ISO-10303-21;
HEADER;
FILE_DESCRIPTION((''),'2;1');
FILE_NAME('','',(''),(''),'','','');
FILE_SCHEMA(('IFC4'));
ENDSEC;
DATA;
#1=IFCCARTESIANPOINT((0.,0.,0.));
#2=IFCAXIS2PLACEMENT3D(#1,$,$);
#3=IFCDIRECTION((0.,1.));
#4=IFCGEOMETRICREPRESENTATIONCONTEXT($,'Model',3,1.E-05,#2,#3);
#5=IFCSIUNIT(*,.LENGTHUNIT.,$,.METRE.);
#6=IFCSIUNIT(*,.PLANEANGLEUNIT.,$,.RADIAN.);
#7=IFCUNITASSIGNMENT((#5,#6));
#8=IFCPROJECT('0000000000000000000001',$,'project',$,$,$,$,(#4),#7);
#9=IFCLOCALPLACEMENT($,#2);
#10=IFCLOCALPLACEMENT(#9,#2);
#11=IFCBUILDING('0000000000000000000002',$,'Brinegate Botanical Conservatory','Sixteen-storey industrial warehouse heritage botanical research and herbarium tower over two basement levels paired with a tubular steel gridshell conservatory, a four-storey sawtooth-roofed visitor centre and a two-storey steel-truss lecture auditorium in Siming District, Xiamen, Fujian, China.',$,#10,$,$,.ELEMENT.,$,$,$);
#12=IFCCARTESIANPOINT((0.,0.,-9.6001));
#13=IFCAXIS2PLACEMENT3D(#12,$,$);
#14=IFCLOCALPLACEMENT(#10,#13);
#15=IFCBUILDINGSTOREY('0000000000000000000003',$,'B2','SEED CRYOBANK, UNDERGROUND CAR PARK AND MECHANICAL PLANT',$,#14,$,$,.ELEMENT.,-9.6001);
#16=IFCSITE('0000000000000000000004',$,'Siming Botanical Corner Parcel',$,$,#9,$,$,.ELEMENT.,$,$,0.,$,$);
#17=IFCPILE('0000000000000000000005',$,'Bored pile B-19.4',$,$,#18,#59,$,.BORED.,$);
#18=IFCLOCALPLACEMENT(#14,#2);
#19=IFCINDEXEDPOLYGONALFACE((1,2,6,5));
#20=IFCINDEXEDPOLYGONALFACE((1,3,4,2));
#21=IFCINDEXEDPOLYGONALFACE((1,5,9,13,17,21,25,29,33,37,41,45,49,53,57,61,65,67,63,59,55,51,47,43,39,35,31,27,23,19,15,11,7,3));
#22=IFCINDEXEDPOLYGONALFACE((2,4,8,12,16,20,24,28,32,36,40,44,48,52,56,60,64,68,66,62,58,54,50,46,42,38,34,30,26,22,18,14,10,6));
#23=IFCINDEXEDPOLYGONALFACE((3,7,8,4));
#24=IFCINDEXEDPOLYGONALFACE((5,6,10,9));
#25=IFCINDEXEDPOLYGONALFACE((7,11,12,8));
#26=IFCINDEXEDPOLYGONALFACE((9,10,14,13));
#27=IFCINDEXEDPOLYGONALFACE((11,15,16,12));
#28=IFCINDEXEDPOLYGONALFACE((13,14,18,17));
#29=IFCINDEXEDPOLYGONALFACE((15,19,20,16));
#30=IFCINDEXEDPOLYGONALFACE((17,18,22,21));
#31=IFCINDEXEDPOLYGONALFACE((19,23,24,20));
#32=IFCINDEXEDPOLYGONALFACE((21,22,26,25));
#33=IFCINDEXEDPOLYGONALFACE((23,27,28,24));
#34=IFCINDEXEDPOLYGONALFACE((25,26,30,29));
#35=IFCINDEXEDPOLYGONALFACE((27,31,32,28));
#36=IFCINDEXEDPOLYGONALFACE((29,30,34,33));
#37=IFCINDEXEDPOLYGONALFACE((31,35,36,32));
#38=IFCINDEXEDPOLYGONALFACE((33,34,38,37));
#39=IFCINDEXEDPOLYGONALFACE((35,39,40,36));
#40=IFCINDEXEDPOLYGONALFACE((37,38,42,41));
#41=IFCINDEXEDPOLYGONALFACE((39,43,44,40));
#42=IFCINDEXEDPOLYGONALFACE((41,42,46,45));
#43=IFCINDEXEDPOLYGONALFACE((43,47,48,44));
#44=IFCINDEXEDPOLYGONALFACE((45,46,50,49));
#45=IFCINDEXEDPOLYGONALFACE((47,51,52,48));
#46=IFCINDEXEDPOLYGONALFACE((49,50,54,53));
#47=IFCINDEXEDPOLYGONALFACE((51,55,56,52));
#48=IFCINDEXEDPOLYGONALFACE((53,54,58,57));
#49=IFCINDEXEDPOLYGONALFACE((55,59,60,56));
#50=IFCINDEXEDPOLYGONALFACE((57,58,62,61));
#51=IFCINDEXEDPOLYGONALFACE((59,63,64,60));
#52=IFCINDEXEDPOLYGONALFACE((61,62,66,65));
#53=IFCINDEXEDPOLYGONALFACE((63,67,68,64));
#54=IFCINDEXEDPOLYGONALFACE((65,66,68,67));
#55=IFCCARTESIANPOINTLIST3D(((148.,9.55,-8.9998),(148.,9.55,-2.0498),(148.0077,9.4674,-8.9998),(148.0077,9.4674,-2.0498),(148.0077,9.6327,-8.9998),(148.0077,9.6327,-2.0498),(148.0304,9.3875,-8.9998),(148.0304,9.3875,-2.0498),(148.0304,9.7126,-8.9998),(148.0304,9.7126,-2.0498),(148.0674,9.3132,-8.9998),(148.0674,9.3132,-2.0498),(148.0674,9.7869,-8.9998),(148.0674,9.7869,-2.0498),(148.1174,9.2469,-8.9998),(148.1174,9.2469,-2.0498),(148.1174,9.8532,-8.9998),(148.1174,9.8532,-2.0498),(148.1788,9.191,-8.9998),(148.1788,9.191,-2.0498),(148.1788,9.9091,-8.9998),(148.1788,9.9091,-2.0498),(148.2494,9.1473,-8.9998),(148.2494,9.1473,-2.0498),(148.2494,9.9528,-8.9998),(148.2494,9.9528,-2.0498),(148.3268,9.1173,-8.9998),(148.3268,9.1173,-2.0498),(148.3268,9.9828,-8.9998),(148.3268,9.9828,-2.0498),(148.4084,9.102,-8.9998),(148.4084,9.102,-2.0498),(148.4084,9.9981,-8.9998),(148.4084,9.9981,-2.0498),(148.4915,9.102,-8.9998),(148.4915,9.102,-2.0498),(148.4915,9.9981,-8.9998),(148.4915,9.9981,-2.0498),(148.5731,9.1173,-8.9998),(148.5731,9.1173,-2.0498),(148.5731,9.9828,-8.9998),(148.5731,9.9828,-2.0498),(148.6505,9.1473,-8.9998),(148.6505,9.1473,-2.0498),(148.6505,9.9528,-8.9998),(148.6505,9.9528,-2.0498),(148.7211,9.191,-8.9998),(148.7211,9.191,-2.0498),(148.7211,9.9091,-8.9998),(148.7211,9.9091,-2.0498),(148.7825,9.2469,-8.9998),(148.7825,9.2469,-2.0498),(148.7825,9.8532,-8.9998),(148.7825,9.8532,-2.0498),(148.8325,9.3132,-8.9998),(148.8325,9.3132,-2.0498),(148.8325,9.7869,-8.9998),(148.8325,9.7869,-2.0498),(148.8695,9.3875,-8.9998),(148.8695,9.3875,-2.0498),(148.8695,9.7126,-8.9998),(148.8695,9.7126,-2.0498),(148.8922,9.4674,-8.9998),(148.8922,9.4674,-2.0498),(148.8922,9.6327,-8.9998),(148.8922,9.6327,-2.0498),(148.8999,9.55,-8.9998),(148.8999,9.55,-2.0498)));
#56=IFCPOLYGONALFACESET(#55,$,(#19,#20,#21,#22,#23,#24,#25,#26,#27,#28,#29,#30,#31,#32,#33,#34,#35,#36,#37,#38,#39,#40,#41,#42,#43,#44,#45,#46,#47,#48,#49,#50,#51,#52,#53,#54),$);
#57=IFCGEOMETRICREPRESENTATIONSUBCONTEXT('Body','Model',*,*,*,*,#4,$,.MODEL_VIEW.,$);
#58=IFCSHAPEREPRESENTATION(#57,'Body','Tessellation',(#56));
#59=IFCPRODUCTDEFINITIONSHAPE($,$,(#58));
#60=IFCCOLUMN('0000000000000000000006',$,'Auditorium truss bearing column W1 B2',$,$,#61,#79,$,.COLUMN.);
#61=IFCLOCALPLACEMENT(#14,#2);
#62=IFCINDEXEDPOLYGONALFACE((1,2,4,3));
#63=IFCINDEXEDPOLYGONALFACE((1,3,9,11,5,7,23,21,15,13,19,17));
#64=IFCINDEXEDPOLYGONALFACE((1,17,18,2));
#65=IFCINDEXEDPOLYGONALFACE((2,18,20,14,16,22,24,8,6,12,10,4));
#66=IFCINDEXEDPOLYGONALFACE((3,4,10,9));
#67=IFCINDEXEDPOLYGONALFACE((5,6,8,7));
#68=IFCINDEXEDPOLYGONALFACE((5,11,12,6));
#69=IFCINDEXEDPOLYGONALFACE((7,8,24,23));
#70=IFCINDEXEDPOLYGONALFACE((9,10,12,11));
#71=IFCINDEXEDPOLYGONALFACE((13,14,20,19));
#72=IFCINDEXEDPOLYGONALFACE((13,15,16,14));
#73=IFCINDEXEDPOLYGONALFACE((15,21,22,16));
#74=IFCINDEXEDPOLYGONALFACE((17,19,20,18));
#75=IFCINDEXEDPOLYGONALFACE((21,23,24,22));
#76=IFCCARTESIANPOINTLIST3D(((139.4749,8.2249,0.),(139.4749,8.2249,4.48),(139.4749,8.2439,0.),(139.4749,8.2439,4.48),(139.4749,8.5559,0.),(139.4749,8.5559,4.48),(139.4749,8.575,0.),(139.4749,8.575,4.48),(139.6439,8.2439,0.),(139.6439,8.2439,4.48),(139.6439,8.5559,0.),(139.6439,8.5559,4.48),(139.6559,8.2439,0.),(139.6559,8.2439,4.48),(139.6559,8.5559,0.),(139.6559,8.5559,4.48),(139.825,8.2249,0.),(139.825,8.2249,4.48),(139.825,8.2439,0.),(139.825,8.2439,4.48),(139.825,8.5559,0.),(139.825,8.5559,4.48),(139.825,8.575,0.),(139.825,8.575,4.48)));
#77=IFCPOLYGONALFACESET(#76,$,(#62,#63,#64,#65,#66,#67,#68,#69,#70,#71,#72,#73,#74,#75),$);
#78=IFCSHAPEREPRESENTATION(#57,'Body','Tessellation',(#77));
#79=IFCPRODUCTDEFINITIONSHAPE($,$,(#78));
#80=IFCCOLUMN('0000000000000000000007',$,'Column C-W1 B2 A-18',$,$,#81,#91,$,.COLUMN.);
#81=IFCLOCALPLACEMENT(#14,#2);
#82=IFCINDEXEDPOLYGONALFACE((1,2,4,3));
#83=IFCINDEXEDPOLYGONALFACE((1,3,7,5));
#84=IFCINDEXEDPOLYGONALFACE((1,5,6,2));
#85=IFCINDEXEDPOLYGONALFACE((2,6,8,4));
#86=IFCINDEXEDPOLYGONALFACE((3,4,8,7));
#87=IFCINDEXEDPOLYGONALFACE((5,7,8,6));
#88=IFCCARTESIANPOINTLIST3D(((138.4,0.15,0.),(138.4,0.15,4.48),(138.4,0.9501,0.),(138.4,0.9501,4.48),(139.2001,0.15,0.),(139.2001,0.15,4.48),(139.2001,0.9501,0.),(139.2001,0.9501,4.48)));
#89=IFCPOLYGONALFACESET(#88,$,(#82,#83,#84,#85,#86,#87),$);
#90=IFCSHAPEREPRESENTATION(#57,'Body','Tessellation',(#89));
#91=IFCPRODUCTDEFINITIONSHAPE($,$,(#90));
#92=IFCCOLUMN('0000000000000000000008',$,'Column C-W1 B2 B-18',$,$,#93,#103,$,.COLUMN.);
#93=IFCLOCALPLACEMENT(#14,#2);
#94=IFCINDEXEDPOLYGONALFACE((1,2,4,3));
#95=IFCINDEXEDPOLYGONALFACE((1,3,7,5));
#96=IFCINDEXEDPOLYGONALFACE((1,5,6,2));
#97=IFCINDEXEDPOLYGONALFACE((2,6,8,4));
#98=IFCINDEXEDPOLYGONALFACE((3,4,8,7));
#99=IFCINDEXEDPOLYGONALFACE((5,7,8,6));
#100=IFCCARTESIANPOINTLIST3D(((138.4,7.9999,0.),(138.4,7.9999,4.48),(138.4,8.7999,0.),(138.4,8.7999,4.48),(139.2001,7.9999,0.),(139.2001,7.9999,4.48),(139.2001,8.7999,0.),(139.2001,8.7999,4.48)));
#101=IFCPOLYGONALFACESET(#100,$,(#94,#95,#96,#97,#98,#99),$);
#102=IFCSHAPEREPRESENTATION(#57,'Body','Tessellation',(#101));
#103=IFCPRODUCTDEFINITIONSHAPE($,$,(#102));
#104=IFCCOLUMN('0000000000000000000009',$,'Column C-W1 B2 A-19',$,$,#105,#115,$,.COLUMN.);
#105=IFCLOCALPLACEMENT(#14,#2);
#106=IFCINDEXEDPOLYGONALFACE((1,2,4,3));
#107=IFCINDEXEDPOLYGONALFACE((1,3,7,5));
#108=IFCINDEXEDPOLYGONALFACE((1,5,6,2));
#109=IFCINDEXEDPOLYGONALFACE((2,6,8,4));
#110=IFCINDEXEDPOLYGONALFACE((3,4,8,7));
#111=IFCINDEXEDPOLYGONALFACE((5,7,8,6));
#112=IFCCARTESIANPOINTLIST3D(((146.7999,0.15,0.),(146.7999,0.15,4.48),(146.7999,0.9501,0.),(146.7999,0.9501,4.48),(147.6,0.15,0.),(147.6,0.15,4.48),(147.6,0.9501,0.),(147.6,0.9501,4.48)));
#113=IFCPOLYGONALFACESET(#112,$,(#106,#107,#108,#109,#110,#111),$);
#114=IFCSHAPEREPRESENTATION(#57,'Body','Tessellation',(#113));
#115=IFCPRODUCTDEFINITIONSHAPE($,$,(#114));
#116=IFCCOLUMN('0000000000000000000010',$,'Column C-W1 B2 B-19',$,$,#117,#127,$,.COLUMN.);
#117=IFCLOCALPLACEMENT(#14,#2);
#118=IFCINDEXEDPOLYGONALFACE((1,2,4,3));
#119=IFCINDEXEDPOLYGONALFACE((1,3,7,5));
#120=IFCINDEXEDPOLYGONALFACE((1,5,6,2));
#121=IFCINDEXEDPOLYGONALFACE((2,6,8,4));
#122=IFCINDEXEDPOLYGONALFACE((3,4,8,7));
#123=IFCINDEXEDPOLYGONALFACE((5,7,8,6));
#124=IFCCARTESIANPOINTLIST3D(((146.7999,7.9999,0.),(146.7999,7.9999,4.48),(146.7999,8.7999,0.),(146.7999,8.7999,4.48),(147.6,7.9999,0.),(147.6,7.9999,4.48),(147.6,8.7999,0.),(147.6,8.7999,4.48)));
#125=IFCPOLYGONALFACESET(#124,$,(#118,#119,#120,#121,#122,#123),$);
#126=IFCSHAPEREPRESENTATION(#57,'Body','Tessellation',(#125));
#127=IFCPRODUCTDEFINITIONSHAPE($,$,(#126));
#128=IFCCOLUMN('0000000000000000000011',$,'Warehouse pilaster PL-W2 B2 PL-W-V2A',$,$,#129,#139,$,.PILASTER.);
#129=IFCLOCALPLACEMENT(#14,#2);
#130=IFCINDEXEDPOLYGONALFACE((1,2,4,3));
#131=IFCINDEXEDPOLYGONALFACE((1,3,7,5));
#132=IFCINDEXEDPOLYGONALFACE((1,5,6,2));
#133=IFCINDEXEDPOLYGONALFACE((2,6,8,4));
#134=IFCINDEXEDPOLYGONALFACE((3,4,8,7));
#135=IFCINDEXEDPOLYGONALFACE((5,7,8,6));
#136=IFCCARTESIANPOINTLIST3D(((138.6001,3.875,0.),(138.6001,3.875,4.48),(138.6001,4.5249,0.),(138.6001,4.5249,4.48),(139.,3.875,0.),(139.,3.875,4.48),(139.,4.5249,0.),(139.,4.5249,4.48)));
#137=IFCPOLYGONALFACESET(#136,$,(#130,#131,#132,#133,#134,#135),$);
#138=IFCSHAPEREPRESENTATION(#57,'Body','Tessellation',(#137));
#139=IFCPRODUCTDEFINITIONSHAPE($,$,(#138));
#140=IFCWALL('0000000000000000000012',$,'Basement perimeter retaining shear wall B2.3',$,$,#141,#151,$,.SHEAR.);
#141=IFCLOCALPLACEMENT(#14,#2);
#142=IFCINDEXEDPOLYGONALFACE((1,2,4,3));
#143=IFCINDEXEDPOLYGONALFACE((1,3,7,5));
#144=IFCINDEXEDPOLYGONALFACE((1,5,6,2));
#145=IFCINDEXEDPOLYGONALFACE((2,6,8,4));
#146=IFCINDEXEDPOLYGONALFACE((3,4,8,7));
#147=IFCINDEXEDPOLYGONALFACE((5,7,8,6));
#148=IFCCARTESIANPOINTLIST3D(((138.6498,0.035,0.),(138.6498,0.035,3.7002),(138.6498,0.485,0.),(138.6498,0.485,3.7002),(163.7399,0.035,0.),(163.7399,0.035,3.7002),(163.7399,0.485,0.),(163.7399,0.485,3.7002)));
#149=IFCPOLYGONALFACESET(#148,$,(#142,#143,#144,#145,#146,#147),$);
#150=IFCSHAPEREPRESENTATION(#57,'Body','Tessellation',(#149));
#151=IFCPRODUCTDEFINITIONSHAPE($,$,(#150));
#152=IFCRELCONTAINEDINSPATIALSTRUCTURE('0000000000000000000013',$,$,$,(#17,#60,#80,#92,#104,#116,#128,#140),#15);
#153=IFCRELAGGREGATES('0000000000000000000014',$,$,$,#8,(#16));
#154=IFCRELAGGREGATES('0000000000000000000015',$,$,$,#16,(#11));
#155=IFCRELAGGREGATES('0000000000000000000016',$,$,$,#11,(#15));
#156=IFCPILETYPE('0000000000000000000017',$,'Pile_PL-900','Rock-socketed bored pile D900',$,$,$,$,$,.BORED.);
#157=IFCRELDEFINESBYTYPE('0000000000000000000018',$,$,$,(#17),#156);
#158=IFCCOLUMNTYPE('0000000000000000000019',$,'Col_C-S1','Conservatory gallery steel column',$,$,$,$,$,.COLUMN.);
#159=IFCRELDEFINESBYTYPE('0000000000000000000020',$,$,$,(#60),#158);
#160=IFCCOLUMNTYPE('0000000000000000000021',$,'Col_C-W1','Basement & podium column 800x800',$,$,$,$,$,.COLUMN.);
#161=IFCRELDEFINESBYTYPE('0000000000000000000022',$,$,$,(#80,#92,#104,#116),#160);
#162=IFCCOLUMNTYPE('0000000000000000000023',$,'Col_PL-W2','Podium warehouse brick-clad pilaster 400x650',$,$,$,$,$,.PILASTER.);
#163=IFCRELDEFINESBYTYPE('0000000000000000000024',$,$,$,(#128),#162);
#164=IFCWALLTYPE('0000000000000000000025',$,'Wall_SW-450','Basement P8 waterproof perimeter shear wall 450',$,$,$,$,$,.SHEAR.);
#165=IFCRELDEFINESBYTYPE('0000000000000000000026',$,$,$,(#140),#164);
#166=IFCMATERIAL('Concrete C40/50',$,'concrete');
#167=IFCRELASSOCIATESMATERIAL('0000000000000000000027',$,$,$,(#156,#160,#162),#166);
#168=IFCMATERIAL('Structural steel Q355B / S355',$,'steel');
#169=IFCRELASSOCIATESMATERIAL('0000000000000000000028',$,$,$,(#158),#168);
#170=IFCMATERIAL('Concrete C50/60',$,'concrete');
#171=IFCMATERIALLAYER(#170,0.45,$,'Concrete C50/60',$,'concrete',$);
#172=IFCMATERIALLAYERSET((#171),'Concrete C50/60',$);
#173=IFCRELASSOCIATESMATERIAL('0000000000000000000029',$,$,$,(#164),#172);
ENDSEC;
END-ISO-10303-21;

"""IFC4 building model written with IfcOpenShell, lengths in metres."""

from ifc_helpers import new_model, si_unit, direction, frame, frame_2d, origin, origin_2d, place, context, subcontext, project, spatial, rectangle, circle, i_section, extrude, material, layer, layer_set, material_profile, profile_set, type_object, element, save


model = new_model("IFC4")

# Units and contexts
model_context = context("Model", 3, precision=1e-05, world=origin(), true_north=direction((0.0, 1.0)))
body_context = subcontext(model_context, "Body", "Model", "MODEL_VIEW")
ifc_project = project(units=[si_unit("LENGTHUNIT", "METRE"), si_unit("PLANEANGLEUNIT", "RADIAN")], contexts=[model_context])

# Site, building, storey
site_placement = place(None, origin())
site = spatial("IfcSite", under=ifc_project, at=site_placement, Name="Siming Botanical Corner Parcel", CompositionType="ELEMENT", RefElevation=0.0)
building_placement = place(site_placement, origin())
building = spatial("IfcBuilding", under=site, at=building_placement, Name="Brinegate Botanical Conservatory", Description="Sixteen-storey industrial warehouse heritage botanical research and herbarium tower over two basement levels paired with a tubular steel gridshell conservatory, a four-storey sawtooth-roofed visitor centre and a two-storey steel-truss lecture auditorium in Siming District, Xiamen, Fujian, China.", CompositionType="ELEMENT")
storey_placement = place(building_placement, frame((0.0, 0.0, -9.6001)))
storey = spatial("IfcBuildingStorey", under=building, at=storey_placement, Name="B2", Description="SEED CRYOBANK, UNDERGROUND CAR PARK AND MECHANICAL PLANT", CompositionType="ELEMENT", Elevation=-9.6001)

# Shared definitions
ifc_material_1 = material(Name="Concrete C40/50", Category="concrete")

# Pile
ifc_material_profile_1 = material_profile(ifc_material_1, circle(Radius=0.45, at=origin_2d()), Name="PILE D900")
ifc_profile_set_1 = profile_set([ifc_material_profile_1], Name="Concrete C40/50")
pile_type = type_object("IfcPileType", Name="Pile_PL-900", Description="Rock-socketed bored pile D900", PredefinedType="BORED", material=ifc_profile_set_1)
for number, where, z_axis, x_axis, name in (
    (1, (148.45, 9.55, -2.0498), (0.0, 0.0, -1.0), (1.0, 0.0, 0.0), "Bored pile B-19.4"),
):
    element("IfcPile", number, at=place(storey_placement, frame(where, z_axis=z_axis, x_axis=x_axis)), inside=storey, type_object=pile_type, Name=name, PredefinedType="BORED", context=body_context, shape_type="SweptSolid", body=[
        extrude(circle(Radius=0.45, at=origin_2d()), origin(), (0.0, 0.0, 1.0), 6.95),
    ])

# Columns
ifc_material_2 = material(Name="Structural steel Q355B / S355", Category="steel")
ifc_material_profile_2 = material_profile(ifc_material_2, i_section(OverallWidth=0.3501, OverallDepth=0.3501, WebThickness=0.012, FlangeThickness=0.019, at=origin_2d()), Name="HW 350x350x12x19")
ifc_profile_set_2 = profile_set([ifc_material_profile_2], Name="Structural steel Q355B / S355")
column_type_1 = type_object("IfcColumnType", Name="Col_C-S1", Description="Conservatory gallery steel column", PredefinedType="COLUMN", material=ifc_profile_set_2)
column_1_placement = place(storey_placement, frame((139.6499, 8.3999, 0.0), z_axis=(0.0, 0.0, 1.0), x_axis=(1.0, 0.0, 0.0)))
element("IfcColumn", 2, at=column_1_placement, inside=storey, type_object=column_type_1, Name="Auditorium truss bearing column W1 B2", PredefinedType="COLUMN", context=body_context, shape_type="SweptSolid", body=[
    extrude(i_section(OverallWidth=0.3501, OverallDepth=0.3501, WebThickness=0.012, FlangeThickness=0.019, at=origin_2d()), origin(), (0.0, 0.0, 1.0), 4.48),
])
ifc_material_profile_3 = material_profile(ifc_material_1, rectangle(XDim=0.8, YDim=0.8, at=origin_2d()), Name="RC COL 800x800")
ifc_profile_set_3 = profile_set([ifc_material_profile_3], Name="Concrete C40/50")
column_type_2 = type_object("IfcColumnType", Name="Col_C-W1", Description="Basement & podium column 800x800", PredefinedType="COLUMN", material=ifc_profile_set_3)
for number, where, z_axis, x_axis, name in (
    (3, (138.8, 0.55, 0.0), (0.0, 0.0, 1.0), (1.0, 0.0, 0.0), "Column C-W1 B2 A-18"),
    (4, (138.8, 8.3999, 0.0), (0.0, 0.0, 1.0), (1.0, 0.0, 0.0), "Column C-W1 B2 B-18"),
    (5, (147.2, 0.55, 0.0), (0.0, 0.0, 1.0), (1.0, 0.0, 0.0), "Column C-W1 B2 A-19"),
    (6, (147.2, 8.3999, 0.0), (0.0, 0.0, 1.0), (1.0, 0.0, 0.0), "Column C-W1 B2 B-19"),
):
    element("IfcColumn", number, at=place(storey_placement, frame(where, z_axis=z_axis, x_axis=x_axis)), inside=storey, type_object=column_type_2, Name=name, PredefinedType="COLUMN", context=body_context, shape_type="SweptSolid", body=[
        extrude(rectangle(XDim=0.8, YDim=0.8, at=origin_2d()), origin(), (0.0, 0.0, 1.0), 4.48),
    ])
ifc_material_profile_4 = material_profile(ifc_material_1, rectangle(XDim=0.3999, YDim=0.6499, at=origin_2d()), Name="RC PILASTER 400x650")
ifc_profile_set_4 = profile_set([ifc_material_profile_4], Name="Concrete C40/50")
column_type_3 = type_object("IfcColumnType", Name="Col_PL-W2", Description="Podium warehouse brick-clad pilaster 400x650", PredefinedType="PILASTER", material=ifc_profile_set_4)
column_2_placement = place(storey_placement, frame((138.8, 4.2, 0.0), z_axis=(0.0, 0.0, 1.0), x_axis=(1.0, 0.0, 0.0)))
element("IfcColumn", 7, at=column_2_placement, inside=storey, type_object=column_type_3, Name="Warehouse pilaster PL-W2 B2 PL-W-V2A", PredefinedType="PILASTER", context=body_context, shape_type="SweptSolid", body=[
    extrude(rectangle(XDim=0.3999, YDim=0.6499, at=origin_2d()), origin(), (0.0, 0.0, 1.0), 4.48),
])

# Wall
ifc_material_3 = material(Name="Concrete C50/60", Category="concrete")
ifc_layer = layer(ifc_material_3, 0.45, Name="Concrete C50/60", Category="concrete")
ifc_layer_set = layer_set([ifc_layer], Name="Concrete C50/60")
wall_type = type_object("IfcWallType", Name="Wall_SW-450", Description="Basement P8 waterproof perimeter shear wall 450", PredefinedType="SHEAR", material=ifc_layer_set)
wall_placement = place(storey_placement, frame((138.6499, 0.26, 0.0), z_axis=(0.0, 0.0, 1.0), x_axis=(1.0, 0.0, 0.0)))
element("IfcWall", 8, at=wall_placement, inside=storey, type_object=wall_type, Name="Basement perimeter retaining shear wall B2.3", PredefinedType="SHEAR", context=body_context, shape_type="SweptSolid", body=[
    extrude(rectangle(XDim=25.0901, YDim=0.45, at=frame_2d((12.5449, 0.0))), origin(), (0.0, 0.0, 1.0), 3.7002),
])

save(model, "model.ifc")
